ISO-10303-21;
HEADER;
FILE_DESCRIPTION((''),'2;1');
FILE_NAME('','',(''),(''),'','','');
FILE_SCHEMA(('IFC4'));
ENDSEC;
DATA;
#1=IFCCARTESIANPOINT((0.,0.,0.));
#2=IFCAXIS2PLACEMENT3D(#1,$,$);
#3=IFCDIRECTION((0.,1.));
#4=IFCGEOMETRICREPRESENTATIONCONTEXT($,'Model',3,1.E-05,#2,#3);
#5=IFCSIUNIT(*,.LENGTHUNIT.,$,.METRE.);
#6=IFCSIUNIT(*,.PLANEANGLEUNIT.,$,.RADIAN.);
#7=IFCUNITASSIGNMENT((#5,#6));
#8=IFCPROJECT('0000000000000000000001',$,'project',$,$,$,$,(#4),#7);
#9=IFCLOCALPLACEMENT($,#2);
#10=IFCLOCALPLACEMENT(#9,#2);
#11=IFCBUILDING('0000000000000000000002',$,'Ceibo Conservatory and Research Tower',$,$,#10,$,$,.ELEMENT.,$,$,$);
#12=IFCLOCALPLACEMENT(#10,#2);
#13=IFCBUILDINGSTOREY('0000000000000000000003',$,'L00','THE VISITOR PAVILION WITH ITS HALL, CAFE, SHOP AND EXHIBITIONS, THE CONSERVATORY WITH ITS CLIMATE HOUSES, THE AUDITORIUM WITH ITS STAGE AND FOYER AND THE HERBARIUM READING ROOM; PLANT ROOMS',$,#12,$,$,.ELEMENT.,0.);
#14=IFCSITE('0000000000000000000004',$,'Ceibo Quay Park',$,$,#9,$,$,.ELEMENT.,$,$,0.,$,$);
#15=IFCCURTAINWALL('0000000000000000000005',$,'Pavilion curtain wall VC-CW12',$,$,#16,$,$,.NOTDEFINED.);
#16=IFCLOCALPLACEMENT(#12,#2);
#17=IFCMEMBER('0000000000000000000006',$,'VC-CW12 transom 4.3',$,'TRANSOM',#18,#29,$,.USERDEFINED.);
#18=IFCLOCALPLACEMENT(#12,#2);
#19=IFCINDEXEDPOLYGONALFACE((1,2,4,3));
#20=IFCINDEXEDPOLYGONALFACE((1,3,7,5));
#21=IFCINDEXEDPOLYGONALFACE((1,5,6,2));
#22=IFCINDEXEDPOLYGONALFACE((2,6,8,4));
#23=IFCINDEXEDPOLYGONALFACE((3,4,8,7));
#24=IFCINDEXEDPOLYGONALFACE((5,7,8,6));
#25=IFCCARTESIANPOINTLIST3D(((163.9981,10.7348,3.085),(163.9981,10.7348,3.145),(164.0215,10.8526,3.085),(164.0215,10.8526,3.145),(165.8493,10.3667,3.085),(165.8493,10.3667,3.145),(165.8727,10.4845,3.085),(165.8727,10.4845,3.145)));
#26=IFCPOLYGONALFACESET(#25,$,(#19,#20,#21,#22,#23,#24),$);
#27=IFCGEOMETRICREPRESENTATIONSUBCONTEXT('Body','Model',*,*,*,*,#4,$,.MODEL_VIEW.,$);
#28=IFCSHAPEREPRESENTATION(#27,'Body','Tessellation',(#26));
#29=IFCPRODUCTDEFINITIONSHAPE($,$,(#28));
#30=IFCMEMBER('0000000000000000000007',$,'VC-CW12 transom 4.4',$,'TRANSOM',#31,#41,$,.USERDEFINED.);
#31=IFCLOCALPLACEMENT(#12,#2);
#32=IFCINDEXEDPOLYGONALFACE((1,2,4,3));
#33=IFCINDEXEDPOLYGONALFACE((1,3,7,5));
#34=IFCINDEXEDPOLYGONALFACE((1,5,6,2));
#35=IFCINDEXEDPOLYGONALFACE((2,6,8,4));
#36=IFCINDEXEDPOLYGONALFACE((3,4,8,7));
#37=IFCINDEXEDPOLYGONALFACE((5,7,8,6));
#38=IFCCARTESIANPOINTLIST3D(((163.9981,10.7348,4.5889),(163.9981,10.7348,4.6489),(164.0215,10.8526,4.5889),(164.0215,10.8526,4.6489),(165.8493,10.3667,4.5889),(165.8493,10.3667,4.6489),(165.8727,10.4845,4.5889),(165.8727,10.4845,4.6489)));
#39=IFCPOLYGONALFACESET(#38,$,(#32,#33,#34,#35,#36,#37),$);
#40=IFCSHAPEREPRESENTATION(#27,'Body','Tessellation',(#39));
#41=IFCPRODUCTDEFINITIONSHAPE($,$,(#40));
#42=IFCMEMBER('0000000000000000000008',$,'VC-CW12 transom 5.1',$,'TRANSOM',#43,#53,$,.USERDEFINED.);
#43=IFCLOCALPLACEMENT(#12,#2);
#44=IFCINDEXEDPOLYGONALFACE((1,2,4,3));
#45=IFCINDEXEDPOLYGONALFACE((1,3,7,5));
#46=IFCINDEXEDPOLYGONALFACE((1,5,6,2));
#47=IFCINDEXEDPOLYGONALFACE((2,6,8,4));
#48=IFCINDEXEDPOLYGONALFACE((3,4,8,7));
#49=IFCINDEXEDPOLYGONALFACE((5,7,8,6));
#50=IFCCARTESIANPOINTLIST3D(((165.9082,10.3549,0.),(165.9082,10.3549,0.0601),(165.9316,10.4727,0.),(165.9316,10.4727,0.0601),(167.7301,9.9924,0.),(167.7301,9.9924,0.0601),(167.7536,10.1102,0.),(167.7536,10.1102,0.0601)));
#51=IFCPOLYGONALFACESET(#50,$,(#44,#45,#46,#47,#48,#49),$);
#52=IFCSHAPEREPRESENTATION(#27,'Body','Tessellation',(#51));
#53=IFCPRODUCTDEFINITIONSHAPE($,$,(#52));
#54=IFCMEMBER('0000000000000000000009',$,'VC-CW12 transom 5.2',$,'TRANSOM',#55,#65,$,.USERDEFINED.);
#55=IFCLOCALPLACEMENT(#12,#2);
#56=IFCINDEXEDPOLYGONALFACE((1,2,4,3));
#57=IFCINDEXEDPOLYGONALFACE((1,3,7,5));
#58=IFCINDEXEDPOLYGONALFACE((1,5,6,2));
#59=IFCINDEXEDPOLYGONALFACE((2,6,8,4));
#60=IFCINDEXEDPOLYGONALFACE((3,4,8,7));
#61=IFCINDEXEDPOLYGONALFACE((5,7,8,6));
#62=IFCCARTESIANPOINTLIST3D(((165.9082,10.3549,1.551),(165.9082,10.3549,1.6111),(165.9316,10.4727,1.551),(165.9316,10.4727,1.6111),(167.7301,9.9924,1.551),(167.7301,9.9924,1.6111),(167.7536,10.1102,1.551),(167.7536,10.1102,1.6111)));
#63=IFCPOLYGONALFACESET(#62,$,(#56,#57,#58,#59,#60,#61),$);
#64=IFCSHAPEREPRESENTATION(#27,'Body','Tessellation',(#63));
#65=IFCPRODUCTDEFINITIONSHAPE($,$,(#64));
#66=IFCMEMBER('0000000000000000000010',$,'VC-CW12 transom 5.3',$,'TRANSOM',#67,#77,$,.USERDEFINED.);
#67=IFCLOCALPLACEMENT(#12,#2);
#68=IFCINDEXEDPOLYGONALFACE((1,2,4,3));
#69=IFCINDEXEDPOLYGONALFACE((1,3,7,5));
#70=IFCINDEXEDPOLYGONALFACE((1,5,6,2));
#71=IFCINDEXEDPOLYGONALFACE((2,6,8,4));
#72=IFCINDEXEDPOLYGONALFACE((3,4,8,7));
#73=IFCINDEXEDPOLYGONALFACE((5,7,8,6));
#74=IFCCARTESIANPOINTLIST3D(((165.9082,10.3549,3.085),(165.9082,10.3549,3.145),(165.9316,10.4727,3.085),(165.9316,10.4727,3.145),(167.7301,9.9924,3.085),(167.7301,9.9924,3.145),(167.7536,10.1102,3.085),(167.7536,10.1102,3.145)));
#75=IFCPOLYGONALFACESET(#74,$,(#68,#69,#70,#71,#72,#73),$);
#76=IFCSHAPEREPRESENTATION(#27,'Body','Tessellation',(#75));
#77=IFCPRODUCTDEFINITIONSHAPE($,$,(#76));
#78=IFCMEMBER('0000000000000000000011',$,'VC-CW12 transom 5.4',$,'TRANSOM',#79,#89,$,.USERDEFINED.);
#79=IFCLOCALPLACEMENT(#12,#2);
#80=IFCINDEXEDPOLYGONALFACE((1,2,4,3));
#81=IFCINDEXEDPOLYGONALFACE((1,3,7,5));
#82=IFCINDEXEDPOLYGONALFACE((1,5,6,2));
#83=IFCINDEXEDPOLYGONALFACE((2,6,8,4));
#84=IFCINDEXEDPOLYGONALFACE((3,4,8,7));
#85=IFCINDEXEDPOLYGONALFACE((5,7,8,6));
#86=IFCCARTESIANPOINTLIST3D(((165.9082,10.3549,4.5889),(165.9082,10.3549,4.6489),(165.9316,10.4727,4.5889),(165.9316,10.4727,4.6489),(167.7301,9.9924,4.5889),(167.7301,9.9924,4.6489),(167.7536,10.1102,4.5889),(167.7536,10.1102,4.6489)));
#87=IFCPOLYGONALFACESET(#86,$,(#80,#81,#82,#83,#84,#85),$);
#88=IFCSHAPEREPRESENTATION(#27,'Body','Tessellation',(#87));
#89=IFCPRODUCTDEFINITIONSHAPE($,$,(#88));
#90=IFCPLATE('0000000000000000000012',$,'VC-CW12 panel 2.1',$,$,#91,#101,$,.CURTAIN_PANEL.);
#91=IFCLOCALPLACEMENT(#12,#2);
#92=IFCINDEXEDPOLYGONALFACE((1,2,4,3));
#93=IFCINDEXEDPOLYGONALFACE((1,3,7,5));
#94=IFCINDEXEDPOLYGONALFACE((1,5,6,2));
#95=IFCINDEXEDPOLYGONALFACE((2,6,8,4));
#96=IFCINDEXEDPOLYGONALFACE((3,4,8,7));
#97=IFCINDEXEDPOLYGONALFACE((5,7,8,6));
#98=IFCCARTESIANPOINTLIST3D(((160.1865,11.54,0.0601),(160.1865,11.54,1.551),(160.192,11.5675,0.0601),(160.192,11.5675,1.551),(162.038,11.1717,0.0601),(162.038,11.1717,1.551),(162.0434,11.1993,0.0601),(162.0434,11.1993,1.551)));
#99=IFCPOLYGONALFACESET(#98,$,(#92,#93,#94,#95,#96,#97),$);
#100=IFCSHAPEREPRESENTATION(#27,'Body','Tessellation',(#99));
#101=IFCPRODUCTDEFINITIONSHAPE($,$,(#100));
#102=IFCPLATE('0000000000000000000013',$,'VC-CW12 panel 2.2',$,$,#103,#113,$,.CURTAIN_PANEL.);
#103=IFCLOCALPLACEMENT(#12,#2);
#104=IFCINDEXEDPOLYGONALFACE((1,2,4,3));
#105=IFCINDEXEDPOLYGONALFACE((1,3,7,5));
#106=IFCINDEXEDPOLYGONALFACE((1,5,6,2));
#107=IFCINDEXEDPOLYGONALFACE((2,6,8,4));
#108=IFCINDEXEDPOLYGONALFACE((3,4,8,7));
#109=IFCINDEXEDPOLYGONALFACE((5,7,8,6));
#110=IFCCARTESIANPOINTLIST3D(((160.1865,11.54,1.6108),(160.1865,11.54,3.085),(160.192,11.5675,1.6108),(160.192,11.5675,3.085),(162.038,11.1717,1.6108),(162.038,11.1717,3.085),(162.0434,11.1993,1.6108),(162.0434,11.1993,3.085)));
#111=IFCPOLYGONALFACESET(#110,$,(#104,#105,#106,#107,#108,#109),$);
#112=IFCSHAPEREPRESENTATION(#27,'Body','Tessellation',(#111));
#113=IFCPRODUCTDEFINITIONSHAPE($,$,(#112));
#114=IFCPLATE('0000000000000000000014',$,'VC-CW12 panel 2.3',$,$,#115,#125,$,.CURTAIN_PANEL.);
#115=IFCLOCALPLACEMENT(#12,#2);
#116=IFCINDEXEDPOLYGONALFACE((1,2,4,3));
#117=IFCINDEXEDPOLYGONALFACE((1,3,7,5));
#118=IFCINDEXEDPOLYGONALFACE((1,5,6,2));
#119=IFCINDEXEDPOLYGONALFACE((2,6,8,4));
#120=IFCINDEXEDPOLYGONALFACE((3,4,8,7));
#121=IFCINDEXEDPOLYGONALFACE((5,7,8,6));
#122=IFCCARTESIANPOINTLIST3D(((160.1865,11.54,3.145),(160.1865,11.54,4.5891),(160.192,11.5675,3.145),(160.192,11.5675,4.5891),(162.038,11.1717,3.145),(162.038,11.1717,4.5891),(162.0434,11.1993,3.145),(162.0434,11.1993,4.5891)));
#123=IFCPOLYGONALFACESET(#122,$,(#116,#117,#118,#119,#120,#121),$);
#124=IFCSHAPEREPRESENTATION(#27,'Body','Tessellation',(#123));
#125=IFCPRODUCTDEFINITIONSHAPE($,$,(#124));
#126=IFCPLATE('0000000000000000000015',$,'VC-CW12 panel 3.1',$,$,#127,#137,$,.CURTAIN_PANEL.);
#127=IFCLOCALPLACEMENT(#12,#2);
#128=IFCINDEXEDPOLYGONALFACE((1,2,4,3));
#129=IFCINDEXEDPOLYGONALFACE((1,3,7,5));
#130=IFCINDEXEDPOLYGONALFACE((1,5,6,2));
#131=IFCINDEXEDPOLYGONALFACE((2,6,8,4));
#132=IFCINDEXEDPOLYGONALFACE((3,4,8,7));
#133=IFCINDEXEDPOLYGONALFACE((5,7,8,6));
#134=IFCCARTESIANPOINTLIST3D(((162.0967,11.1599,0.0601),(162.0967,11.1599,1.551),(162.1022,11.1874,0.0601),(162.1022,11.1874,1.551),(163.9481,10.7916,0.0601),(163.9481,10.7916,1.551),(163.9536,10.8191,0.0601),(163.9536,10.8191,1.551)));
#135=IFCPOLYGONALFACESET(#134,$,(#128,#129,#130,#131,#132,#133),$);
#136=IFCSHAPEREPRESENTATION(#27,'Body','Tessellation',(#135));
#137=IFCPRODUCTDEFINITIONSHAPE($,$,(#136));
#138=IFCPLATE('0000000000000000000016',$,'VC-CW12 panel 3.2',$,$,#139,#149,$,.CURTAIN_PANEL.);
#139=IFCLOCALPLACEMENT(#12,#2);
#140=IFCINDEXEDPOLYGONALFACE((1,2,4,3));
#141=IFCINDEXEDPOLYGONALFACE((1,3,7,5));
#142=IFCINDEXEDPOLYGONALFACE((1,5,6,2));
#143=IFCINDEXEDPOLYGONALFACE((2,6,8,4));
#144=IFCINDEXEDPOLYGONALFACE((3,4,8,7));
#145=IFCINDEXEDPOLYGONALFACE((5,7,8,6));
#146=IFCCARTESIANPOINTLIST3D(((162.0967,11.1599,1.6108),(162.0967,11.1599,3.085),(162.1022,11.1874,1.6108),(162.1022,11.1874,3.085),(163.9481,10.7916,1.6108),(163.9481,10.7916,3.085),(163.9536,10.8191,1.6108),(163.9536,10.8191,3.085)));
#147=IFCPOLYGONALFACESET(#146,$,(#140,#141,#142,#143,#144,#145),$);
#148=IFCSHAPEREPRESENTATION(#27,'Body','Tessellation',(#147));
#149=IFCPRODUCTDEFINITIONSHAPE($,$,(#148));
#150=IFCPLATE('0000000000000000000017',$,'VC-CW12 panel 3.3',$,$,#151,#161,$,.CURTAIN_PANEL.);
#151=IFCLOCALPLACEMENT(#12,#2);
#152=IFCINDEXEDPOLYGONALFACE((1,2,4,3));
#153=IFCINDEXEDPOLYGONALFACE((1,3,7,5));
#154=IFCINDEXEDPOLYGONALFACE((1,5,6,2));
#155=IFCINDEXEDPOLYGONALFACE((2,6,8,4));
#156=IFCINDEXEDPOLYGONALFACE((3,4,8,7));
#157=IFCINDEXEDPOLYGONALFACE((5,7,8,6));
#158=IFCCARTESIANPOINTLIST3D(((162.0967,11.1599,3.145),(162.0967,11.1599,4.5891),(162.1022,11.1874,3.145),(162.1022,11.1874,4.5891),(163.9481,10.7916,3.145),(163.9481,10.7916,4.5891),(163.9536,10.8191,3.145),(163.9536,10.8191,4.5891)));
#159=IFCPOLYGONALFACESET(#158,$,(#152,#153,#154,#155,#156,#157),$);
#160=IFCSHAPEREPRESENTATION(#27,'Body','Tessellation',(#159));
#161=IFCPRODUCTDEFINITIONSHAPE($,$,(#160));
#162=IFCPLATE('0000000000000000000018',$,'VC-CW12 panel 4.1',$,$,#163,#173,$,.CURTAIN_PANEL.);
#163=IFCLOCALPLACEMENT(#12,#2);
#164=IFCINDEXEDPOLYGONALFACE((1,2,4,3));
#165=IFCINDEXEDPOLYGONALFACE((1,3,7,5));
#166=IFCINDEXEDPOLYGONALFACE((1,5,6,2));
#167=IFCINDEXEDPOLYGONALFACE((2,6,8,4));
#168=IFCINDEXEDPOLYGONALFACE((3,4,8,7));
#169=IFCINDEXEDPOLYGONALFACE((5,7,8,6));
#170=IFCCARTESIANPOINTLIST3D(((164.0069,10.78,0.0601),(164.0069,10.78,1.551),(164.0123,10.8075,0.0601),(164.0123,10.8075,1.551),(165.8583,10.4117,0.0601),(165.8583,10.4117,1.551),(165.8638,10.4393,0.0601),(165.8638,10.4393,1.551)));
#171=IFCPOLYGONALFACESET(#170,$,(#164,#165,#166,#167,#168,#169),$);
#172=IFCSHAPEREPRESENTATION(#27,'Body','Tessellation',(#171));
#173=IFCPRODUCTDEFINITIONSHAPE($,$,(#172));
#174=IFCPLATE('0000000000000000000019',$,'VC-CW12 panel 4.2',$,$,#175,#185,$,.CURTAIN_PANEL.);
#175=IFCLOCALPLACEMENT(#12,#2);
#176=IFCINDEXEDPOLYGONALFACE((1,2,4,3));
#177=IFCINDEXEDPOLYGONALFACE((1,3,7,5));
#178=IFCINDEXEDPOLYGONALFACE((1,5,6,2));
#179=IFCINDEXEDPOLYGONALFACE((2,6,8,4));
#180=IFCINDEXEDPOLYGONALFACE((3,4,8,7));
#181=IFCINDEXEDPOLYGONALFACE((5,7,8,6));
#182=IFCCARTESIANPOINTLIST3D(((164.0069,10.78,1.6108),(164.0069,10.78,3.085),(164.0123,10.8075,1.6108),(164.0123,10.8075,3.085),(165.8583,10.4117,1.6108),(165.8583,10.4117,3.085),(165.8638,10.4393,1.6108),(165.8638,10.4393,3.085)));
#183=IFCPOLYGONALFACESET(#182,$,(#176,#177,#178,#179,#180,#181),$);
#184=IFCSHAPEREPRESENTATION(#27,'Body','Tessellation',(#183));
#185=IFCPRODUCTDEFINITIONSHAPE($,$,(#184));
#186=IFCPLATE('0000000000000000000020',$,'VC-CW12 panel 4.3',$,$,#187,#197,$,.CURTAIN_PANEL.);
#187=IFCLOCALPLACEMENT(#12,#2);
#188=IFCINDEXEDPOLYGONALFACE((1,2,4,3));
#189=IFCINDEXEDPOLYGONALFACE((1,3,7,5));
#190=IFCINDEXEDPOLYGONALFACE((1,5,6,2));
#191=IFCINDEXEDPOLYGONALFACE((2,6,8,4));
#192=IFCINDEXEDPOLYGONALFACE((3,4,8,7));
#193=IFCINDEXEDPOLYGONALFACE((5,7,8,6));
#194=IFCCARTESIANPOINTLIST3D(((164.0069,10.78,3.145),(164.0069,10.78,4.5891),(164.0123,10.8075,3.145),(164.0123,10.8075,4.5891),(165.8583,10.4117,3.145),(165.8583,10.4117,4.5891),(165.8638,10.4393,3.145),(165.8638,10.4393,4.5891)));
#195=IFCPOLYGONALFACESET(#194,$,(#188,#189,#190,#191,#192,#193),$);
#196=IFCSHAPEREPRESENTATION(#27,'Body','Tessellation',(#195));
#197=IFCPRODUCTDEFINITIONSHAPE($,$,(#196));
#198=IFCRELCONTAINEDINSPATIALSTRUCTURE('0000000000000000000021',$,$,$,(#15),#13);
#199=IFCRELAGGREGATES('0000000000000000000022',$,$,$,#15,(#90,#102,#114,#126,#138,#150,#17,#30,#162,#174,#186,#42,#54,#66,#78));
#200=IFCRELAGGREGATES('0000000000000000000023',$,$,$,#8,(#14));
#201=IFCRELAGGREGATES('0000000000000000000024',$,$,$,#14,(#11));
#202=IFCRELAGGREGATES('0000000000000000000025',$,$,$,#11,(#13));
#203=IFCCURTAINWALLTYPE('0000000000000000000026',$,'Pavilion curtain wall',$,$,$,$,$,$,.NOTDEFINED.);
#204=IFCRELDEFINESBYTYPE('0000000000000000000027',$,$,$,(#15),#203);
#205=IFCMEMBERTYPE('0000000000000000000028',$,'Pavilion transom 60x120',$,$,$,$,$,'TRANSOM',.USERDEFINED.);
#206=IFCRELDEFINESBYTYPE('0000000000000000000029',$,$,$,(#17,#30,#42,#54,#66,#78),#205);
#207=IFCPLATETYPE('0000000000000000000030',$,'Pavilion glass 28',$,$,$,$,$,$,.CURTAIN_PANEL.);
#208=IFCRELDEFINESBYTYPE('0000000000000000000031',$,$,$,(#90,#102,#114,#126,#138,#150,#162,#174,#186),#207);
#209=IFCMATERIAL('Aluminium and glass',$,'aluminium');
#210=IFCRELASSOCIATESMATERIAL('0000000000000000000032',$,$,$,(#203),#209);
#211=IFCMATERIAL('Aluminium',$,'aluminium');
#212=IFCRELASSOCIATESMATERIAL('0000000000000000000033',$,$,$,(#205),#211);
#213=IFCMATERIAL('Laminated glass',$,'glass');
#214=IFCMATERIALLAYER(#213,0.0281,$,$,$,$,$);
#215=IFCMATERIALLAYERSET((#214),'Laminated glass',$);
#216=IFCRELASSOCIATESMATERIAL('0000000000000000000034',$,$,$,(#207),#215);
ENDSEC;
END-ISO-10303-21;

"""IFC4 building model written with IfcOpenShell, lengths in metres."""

from ifc_helpers import new_model, si_unit, direction, frame, origin, origin_2d, place, context, subcontext, project, spatial, rectangle, extrude, material, layer, layer_set, material_profile, profile_set, type_object, element, aggregate, save


model = new_model("IFC4")

# Units and contexts
model_context = context("Model", 3, precision=1e-05, world=origin(), true_north=direction((0.0, 1.0)))
body_context = subcontext(model_context, "Body", "Model", "MODEL_VIEW")
ifc_project = project(units=[si_unit("LENGTHUNIT", "METRE"), si_unit("PLANEANGLEUNIT", "RADIAN")], contexts=[model_context])

# Site, building, storey
site_placement = place(None, origin())
site = spatial("IfcSite", under=ifc_project, at=site_placement, Name="Ceibo Quay Park", CompositionType="ELEMENT", RefElevation=0.0)
building_placement = place(site_placement, origin())
building = spatial("IfcBuilding", under=site, at=building_placement, Name="Ceibo Conservatory and Research Tower", CompositionType="ELEMENT")
storey_placement = place(building_placement, origin())
storey = spatial("IfcBuildingStorey", under=building, at=storey_placement, Name="L00", Description="THE VISITOR PAVILION WITH ITS HALL, CAFE, SHOP AND EXHIBITIONS, THE CONSERVATORY WITH ITS CLIMATE HOUSES, THE AUDITORIUM WITH ITS STAGE AND FOYER AND THE HERBARIUM READING ROOM; PLANT ROOMS", CompositionType="ELEMENT", Elevation=0.0)

# Curtain wall, members, plates
ifc_material_1 = material(Name="Aluminium and glass", Category="aluminium")
curtain_wall_type = type_object("IfcCurtainWallType", Name="Pavilion curtain wall", PredefinedType="NOTDEFINED", material=ifc_material_1)
curtain_wall_placement = place(storey_placement, origin())
curtain_wall = element("IfcCurtainWall", 1, at=curtain_wall_placement, inside=storey, type_object=curtain_wall_type, Name="Pavilion curtain wall VC-CW12", PredefinedType="NOTDEFINED")
ifc_material_2 = material(Name="Aluminium", Category="aluminium")
ifc_material_profile_1 = material_profile(ifc_material_2, rectangle(XDim=0.1201, YDim=0.0601, at=origin_2d()), Name="AL 60x120")
ifc_profile_set_1 = profile_set([ifc_material_profile_1], Name="Aluminium")
member_type_1 = type_object("IfcMemberType", Name="Pavilion transom 60x120", ElementType="TRANSOM", PredefinedType="USERDEFINED", material=ifc_profile_set_1)
member_1_placement = place(storey_placement, frame((164.0098, 10.7937, 3.115), z_axis=(0.980794, -0.195046, 0.0), x_axis=(0.195046, 0.980794, 0.0)))
member_1 = element("IfcMember", 2, at=member_1_placement, type_object=member_type_1, Name="VC-CW12 transom 4.3", ObjectType="TRANSOM", PredefinedType="USERDEFINED", context=body_context, shape_type="SweptSolid", body=[
    extrude(rectangle(XDim=0.1201, YDim=0.0601, at=origin_2d()), origin(), (0.0, 0.0, 1.0), 1.8875),
])
member_2_placement = place(storey_placement, frame((164.0098, 10.7937, 4.6189), z_axis=(0.980794, -0.195046, 0.0), x_axis=(0.195046, 0.980794, 0.0)))
member_2 = element("IfcMember", 3, at=member_2_placement, type_object=member_type_1, Name="VC-CW12 transom 4.4", ObjectType="TRANSOM", PredefinedType="USERDEFINED", context=body_context, shape_type="SweptSolid", body=[
    extrude(rectangle(XDim=0.1201, YDim=0.0601, at=origin_2d()), origin(), (0.0, 0.0, 1.0), 1.8875),
])
member_3_placement = place(storey_placement, frame((165.9199, 10.4138, 0.03), z_axis=(0.980772, -0.195156, 0.0), x_axis=(0.195156, 0.980772, 0.0)))
member_3 = element("IfcMember", 4, at=member_3_placement, type_object=member_type_1, Name="VC-CW12 transom 5.1", ObjectType="TRANSOM", PredefinedType="USERDEFINED", context=body_context, shape_type="SweptSolid", body=[
    extrude(rectangle(XDim=0.1201, YDim=0.0601, at=origin_2d()), origin(), (0.0, 0.0, 1.0), 1.8577),
])
member_4_placement = place(storey_placement, frame((165.9199, 10.4138, 1.5811), z_axis=(0.980772, -0.195156, 0.0), x_axis=(0.195156, 0.980772, 0.0)))
member_4 = element("IfcMember", 5, at=member_4_placement, type_object=member_type_1, Name="VC-CW12 transom 5.2", ObjectType="TRANSOM", PredefinedType="USERDEFINED", context=body_context, shape_type="SweptSolid", body=[
    extrude(rectangle(XDim=0.1201, YDim=0.0601, at=origin_2d()), origin(), (0.0, 0.0, 1.0), 1.8577),
])
member_5_placement = place(storey_placement, frame((165.9199, 10.4138, 3.115), z_axis=(0.980772, -0.195156, 0.0), x_axis=(0.195156, 0.980772, 0.0)))
member_5 = element("IfcMember", 6, at=member_5_placement, type_object=member_type_1, Name="VC-CW12 transom 5.3", ObjectType="TRANSOM", PredefinedType="USERDEFINED", context=body_context, shape_type="SweptSolid", body=[
    extrude(rectangle(XDim=0.1201, YDim=0.0601, at=origin_2d()), origin(), (0.0, 0.0, 1.0), 1.8577),
])
member_6_placement = place(storey_placement, frame((165.9199, 10.4138, 4.6189), z_axis=(0.980772, -0.195156, 0.0), x_axis=(0.195156, 0.980772, 0.0)))
member_6 = element("IfcMember", 7, at=member_6_placement, type_object=member_type_1, Name="VC-CW12 transom 5.4", ObjectType="TRANSOM", PredefinedType="USERDEFINED", context=body_context, shape_type="SweptSolid", body=[
    extrude(rectangle(XDim=0.1201, YDim=0.0601, at=origin_2d()), origin(), (0.0, 0.0, 1.0), 1.8577),
])
ifc_material_3 = material(Name="Laminated glass", Category="glass")
ifc_layer_1 = layer(ifc_material_3, 0.0281)
ifc_layer_set_1 = layer_set([ifc_layer_1], Name="Laminated glass")
plate_type = type_object("IfcPlateType", Name="Pavilion glass 28", PredefinedType="CURTAIN_PANEL", material=ifc_layer_set_1)
plate_1_placement = place(storey_placement, frame((161.115, 11.3696, 0.0601), z_axis=(0.0, 0.0, 1.0), x_axis=(0.980785, -0.19509, 0.0)))
plate_1 = element("IfcPlate", 8, at=plate_1_placement, type_object=plate_type, Name="VC-CW12 panel 2.1", PredefinedType="CURTAIN_PANEL", context=body_context, shape_type="SweptSolid", body=[
    extrude(rectangle(XDim=1.8877, YDim=0.0281, at=origin_2d()), origin(), (0.0, 0.0, 1.0), 1.491),
])
plate_2_placement = place(storey_placement, frame((161.115, 11.3696, 1.6108), z_axis=(0.0, 0.0, 1.0), x_axis=(0.980785, -0.19509, 0.0)))
plate_2 = element("IfcPlate", 9, at=plate_2_placement, type_object=plate_type, Name="VC-CW12 panel 2.2", PredefinedType="CURTAIN_PANEL", context=body_context, shape_type="SweptSolid", body=[
    extrude(rectangle(XDim=1.8877, YDim=0.0281, at=origin_2d()), origin(), (0.0, 0.0, 1.0), 1.4741),
])
plate_3_placement = place(storey_placement, frame((161.115, 11.3696, 3.145), z_axis=(0.0, 0.0, 1.0), x_axis=(0.980785, -0.19509, 0.0)))
plate_3 = element("IfcPlate", 10, at=plate_3_placement, type_object=plate_type, Name="VC-CW12 panel 2.3", PredefinedType="CURTAIN_PANEL", context=body_context, shape_type="SweptSolid", body=[
    extrude(rectangle(XDim=1.8877, YDim=0.0281, at=origin_2d()), origin(), (0.0, 0.0, 1.0), 1.4441),
])
plate_4_placement = place(storey_placement, frame((163.0251, 10.9895, 0.0601), z_axis=(0.0, 0.0, 1.0), x_axis=(0.980785, -0.19509, 0.0)))
plate_4 = element("IfcPlate", 11, at=plate_4_placement, type_object=plate_type, Name="VC-CW12 panel 3.1", PredefinedType="CURTAIN_PANEL", context=body_context, shape_type="SweptSolid", body=[
    extrude(rectangle(XDim=1.8877, YDim=0.0281, at=origin_2d()), origin(), (0.0, 0.0, 1.0), 1.491),
])
plate_5_placement = place(storey_placement, frame((163.0251, 10.9895, 1.6108), z_axis=(0.0, 0.0, 1.0), x_axis=(0.980785, -0.19509, 0.0)))
plate_5 = element("IfcPlate", 12, at=plate_5_placement, type_object=plate_type, Name="VC-CW12 panel 3.2", PredefinedType="CURTAIN_PANEL", context=body_context, shape_type="SweptSolid", body=[
    extrude(rectangle(XDim=1.8877, YDim=0.0281, at=origin_2d()), origin(), (0.0, 0.0, 1.0), 1.4741),
])
plate_6_placement = place(storey_placement, frame((163.0251, 10.9895, 3.145), z_axis=(0.0, 0.0, 1.0), x_axis=(0.980785, -0.19509, 0.0)))
plate_6 = element("IfcPlate", 13, at=plate_6_placement, type_object=plate_type, Name="VC-CW12 panel 3.3", PredefinedType="CURTAIN_PANEL", context=body_context, shape_type="SweptSolid", body=[
    extrude(rectangle(XDim=1.8877, YDim=0.0281, at=origin_2d()), origin(), (0.0, 0.0, 1.0), 1.4441),
])
plate_7_placement = place(storey_placement, frame((164.9353, 10.6096, 0.0601), z_axis=(0.0, 0.0, 1.0), x_axis=(0.980785, -0.19509, 0.0)))
plate_7 = element("IfcPlate", 14, at=plate_7_placement, type_object=plate_type, Name="VC-CW12 panel 4.1", PredefinedType="CURTAIN_PANEL", context=body_context, shape_type="SweptSolid", body=[
    extrude(rectangle(XDim=1.8877, YDim=0.0281, at=origin_2d()), origin(), (0.0, 0.0, 1.0), 1.491),
])
plate_8_placement = place(storey_placement, frame((164.9353, 10.6096, 1.6108), z_axis=(0.0, 0.0, 1.0), x_axis=(0.980785, -0.19509, 0.0)))
plate_8 = element("IfcPlate", 15, at=plate_8_placement, type_object=plate_type, Name="VC-CW12 panel 4.2", PredefinedType="CURTAIN_PANEL", context=body_context, shape_type="SweptSolid", body=[
    extrude(rectangle(XDim=1.8877, YDim=0.0281, at=origin_2d()), origin(), (0.0, 0.0, 1.0), 1.4741),
])
plate_9_placement = place(storey_placement, frame((164.9353, 10.6096, 3.145), z_axis=(0.0, 0.0, 1.0), x_axis=(0.980785, -0.19509, 0.0)))
plate_9 = element("IfcPlate", 16, at=plate_9_placement, type_object=plate_type, Name="VC-CW12 panel 4.3", PredefinedType="CURTAIN_PANEL", context=body_context, shape_type="SweptSolid", body=[
    extrude(rectangle(XDim=1.8877, YDim=0.0281, at=origin_2d()), origin(), (0.0, 0.0, 1.0), 1.4441),
])
aggregate(curtain_wall, [plate_1, plate_2, plate_3, plate_4, plate_5, plate_6, member_1, member_2, plate_7, plate_8, plate_9, member_3, member_4, member_5, member_6])

save(model, "model.ifc")
